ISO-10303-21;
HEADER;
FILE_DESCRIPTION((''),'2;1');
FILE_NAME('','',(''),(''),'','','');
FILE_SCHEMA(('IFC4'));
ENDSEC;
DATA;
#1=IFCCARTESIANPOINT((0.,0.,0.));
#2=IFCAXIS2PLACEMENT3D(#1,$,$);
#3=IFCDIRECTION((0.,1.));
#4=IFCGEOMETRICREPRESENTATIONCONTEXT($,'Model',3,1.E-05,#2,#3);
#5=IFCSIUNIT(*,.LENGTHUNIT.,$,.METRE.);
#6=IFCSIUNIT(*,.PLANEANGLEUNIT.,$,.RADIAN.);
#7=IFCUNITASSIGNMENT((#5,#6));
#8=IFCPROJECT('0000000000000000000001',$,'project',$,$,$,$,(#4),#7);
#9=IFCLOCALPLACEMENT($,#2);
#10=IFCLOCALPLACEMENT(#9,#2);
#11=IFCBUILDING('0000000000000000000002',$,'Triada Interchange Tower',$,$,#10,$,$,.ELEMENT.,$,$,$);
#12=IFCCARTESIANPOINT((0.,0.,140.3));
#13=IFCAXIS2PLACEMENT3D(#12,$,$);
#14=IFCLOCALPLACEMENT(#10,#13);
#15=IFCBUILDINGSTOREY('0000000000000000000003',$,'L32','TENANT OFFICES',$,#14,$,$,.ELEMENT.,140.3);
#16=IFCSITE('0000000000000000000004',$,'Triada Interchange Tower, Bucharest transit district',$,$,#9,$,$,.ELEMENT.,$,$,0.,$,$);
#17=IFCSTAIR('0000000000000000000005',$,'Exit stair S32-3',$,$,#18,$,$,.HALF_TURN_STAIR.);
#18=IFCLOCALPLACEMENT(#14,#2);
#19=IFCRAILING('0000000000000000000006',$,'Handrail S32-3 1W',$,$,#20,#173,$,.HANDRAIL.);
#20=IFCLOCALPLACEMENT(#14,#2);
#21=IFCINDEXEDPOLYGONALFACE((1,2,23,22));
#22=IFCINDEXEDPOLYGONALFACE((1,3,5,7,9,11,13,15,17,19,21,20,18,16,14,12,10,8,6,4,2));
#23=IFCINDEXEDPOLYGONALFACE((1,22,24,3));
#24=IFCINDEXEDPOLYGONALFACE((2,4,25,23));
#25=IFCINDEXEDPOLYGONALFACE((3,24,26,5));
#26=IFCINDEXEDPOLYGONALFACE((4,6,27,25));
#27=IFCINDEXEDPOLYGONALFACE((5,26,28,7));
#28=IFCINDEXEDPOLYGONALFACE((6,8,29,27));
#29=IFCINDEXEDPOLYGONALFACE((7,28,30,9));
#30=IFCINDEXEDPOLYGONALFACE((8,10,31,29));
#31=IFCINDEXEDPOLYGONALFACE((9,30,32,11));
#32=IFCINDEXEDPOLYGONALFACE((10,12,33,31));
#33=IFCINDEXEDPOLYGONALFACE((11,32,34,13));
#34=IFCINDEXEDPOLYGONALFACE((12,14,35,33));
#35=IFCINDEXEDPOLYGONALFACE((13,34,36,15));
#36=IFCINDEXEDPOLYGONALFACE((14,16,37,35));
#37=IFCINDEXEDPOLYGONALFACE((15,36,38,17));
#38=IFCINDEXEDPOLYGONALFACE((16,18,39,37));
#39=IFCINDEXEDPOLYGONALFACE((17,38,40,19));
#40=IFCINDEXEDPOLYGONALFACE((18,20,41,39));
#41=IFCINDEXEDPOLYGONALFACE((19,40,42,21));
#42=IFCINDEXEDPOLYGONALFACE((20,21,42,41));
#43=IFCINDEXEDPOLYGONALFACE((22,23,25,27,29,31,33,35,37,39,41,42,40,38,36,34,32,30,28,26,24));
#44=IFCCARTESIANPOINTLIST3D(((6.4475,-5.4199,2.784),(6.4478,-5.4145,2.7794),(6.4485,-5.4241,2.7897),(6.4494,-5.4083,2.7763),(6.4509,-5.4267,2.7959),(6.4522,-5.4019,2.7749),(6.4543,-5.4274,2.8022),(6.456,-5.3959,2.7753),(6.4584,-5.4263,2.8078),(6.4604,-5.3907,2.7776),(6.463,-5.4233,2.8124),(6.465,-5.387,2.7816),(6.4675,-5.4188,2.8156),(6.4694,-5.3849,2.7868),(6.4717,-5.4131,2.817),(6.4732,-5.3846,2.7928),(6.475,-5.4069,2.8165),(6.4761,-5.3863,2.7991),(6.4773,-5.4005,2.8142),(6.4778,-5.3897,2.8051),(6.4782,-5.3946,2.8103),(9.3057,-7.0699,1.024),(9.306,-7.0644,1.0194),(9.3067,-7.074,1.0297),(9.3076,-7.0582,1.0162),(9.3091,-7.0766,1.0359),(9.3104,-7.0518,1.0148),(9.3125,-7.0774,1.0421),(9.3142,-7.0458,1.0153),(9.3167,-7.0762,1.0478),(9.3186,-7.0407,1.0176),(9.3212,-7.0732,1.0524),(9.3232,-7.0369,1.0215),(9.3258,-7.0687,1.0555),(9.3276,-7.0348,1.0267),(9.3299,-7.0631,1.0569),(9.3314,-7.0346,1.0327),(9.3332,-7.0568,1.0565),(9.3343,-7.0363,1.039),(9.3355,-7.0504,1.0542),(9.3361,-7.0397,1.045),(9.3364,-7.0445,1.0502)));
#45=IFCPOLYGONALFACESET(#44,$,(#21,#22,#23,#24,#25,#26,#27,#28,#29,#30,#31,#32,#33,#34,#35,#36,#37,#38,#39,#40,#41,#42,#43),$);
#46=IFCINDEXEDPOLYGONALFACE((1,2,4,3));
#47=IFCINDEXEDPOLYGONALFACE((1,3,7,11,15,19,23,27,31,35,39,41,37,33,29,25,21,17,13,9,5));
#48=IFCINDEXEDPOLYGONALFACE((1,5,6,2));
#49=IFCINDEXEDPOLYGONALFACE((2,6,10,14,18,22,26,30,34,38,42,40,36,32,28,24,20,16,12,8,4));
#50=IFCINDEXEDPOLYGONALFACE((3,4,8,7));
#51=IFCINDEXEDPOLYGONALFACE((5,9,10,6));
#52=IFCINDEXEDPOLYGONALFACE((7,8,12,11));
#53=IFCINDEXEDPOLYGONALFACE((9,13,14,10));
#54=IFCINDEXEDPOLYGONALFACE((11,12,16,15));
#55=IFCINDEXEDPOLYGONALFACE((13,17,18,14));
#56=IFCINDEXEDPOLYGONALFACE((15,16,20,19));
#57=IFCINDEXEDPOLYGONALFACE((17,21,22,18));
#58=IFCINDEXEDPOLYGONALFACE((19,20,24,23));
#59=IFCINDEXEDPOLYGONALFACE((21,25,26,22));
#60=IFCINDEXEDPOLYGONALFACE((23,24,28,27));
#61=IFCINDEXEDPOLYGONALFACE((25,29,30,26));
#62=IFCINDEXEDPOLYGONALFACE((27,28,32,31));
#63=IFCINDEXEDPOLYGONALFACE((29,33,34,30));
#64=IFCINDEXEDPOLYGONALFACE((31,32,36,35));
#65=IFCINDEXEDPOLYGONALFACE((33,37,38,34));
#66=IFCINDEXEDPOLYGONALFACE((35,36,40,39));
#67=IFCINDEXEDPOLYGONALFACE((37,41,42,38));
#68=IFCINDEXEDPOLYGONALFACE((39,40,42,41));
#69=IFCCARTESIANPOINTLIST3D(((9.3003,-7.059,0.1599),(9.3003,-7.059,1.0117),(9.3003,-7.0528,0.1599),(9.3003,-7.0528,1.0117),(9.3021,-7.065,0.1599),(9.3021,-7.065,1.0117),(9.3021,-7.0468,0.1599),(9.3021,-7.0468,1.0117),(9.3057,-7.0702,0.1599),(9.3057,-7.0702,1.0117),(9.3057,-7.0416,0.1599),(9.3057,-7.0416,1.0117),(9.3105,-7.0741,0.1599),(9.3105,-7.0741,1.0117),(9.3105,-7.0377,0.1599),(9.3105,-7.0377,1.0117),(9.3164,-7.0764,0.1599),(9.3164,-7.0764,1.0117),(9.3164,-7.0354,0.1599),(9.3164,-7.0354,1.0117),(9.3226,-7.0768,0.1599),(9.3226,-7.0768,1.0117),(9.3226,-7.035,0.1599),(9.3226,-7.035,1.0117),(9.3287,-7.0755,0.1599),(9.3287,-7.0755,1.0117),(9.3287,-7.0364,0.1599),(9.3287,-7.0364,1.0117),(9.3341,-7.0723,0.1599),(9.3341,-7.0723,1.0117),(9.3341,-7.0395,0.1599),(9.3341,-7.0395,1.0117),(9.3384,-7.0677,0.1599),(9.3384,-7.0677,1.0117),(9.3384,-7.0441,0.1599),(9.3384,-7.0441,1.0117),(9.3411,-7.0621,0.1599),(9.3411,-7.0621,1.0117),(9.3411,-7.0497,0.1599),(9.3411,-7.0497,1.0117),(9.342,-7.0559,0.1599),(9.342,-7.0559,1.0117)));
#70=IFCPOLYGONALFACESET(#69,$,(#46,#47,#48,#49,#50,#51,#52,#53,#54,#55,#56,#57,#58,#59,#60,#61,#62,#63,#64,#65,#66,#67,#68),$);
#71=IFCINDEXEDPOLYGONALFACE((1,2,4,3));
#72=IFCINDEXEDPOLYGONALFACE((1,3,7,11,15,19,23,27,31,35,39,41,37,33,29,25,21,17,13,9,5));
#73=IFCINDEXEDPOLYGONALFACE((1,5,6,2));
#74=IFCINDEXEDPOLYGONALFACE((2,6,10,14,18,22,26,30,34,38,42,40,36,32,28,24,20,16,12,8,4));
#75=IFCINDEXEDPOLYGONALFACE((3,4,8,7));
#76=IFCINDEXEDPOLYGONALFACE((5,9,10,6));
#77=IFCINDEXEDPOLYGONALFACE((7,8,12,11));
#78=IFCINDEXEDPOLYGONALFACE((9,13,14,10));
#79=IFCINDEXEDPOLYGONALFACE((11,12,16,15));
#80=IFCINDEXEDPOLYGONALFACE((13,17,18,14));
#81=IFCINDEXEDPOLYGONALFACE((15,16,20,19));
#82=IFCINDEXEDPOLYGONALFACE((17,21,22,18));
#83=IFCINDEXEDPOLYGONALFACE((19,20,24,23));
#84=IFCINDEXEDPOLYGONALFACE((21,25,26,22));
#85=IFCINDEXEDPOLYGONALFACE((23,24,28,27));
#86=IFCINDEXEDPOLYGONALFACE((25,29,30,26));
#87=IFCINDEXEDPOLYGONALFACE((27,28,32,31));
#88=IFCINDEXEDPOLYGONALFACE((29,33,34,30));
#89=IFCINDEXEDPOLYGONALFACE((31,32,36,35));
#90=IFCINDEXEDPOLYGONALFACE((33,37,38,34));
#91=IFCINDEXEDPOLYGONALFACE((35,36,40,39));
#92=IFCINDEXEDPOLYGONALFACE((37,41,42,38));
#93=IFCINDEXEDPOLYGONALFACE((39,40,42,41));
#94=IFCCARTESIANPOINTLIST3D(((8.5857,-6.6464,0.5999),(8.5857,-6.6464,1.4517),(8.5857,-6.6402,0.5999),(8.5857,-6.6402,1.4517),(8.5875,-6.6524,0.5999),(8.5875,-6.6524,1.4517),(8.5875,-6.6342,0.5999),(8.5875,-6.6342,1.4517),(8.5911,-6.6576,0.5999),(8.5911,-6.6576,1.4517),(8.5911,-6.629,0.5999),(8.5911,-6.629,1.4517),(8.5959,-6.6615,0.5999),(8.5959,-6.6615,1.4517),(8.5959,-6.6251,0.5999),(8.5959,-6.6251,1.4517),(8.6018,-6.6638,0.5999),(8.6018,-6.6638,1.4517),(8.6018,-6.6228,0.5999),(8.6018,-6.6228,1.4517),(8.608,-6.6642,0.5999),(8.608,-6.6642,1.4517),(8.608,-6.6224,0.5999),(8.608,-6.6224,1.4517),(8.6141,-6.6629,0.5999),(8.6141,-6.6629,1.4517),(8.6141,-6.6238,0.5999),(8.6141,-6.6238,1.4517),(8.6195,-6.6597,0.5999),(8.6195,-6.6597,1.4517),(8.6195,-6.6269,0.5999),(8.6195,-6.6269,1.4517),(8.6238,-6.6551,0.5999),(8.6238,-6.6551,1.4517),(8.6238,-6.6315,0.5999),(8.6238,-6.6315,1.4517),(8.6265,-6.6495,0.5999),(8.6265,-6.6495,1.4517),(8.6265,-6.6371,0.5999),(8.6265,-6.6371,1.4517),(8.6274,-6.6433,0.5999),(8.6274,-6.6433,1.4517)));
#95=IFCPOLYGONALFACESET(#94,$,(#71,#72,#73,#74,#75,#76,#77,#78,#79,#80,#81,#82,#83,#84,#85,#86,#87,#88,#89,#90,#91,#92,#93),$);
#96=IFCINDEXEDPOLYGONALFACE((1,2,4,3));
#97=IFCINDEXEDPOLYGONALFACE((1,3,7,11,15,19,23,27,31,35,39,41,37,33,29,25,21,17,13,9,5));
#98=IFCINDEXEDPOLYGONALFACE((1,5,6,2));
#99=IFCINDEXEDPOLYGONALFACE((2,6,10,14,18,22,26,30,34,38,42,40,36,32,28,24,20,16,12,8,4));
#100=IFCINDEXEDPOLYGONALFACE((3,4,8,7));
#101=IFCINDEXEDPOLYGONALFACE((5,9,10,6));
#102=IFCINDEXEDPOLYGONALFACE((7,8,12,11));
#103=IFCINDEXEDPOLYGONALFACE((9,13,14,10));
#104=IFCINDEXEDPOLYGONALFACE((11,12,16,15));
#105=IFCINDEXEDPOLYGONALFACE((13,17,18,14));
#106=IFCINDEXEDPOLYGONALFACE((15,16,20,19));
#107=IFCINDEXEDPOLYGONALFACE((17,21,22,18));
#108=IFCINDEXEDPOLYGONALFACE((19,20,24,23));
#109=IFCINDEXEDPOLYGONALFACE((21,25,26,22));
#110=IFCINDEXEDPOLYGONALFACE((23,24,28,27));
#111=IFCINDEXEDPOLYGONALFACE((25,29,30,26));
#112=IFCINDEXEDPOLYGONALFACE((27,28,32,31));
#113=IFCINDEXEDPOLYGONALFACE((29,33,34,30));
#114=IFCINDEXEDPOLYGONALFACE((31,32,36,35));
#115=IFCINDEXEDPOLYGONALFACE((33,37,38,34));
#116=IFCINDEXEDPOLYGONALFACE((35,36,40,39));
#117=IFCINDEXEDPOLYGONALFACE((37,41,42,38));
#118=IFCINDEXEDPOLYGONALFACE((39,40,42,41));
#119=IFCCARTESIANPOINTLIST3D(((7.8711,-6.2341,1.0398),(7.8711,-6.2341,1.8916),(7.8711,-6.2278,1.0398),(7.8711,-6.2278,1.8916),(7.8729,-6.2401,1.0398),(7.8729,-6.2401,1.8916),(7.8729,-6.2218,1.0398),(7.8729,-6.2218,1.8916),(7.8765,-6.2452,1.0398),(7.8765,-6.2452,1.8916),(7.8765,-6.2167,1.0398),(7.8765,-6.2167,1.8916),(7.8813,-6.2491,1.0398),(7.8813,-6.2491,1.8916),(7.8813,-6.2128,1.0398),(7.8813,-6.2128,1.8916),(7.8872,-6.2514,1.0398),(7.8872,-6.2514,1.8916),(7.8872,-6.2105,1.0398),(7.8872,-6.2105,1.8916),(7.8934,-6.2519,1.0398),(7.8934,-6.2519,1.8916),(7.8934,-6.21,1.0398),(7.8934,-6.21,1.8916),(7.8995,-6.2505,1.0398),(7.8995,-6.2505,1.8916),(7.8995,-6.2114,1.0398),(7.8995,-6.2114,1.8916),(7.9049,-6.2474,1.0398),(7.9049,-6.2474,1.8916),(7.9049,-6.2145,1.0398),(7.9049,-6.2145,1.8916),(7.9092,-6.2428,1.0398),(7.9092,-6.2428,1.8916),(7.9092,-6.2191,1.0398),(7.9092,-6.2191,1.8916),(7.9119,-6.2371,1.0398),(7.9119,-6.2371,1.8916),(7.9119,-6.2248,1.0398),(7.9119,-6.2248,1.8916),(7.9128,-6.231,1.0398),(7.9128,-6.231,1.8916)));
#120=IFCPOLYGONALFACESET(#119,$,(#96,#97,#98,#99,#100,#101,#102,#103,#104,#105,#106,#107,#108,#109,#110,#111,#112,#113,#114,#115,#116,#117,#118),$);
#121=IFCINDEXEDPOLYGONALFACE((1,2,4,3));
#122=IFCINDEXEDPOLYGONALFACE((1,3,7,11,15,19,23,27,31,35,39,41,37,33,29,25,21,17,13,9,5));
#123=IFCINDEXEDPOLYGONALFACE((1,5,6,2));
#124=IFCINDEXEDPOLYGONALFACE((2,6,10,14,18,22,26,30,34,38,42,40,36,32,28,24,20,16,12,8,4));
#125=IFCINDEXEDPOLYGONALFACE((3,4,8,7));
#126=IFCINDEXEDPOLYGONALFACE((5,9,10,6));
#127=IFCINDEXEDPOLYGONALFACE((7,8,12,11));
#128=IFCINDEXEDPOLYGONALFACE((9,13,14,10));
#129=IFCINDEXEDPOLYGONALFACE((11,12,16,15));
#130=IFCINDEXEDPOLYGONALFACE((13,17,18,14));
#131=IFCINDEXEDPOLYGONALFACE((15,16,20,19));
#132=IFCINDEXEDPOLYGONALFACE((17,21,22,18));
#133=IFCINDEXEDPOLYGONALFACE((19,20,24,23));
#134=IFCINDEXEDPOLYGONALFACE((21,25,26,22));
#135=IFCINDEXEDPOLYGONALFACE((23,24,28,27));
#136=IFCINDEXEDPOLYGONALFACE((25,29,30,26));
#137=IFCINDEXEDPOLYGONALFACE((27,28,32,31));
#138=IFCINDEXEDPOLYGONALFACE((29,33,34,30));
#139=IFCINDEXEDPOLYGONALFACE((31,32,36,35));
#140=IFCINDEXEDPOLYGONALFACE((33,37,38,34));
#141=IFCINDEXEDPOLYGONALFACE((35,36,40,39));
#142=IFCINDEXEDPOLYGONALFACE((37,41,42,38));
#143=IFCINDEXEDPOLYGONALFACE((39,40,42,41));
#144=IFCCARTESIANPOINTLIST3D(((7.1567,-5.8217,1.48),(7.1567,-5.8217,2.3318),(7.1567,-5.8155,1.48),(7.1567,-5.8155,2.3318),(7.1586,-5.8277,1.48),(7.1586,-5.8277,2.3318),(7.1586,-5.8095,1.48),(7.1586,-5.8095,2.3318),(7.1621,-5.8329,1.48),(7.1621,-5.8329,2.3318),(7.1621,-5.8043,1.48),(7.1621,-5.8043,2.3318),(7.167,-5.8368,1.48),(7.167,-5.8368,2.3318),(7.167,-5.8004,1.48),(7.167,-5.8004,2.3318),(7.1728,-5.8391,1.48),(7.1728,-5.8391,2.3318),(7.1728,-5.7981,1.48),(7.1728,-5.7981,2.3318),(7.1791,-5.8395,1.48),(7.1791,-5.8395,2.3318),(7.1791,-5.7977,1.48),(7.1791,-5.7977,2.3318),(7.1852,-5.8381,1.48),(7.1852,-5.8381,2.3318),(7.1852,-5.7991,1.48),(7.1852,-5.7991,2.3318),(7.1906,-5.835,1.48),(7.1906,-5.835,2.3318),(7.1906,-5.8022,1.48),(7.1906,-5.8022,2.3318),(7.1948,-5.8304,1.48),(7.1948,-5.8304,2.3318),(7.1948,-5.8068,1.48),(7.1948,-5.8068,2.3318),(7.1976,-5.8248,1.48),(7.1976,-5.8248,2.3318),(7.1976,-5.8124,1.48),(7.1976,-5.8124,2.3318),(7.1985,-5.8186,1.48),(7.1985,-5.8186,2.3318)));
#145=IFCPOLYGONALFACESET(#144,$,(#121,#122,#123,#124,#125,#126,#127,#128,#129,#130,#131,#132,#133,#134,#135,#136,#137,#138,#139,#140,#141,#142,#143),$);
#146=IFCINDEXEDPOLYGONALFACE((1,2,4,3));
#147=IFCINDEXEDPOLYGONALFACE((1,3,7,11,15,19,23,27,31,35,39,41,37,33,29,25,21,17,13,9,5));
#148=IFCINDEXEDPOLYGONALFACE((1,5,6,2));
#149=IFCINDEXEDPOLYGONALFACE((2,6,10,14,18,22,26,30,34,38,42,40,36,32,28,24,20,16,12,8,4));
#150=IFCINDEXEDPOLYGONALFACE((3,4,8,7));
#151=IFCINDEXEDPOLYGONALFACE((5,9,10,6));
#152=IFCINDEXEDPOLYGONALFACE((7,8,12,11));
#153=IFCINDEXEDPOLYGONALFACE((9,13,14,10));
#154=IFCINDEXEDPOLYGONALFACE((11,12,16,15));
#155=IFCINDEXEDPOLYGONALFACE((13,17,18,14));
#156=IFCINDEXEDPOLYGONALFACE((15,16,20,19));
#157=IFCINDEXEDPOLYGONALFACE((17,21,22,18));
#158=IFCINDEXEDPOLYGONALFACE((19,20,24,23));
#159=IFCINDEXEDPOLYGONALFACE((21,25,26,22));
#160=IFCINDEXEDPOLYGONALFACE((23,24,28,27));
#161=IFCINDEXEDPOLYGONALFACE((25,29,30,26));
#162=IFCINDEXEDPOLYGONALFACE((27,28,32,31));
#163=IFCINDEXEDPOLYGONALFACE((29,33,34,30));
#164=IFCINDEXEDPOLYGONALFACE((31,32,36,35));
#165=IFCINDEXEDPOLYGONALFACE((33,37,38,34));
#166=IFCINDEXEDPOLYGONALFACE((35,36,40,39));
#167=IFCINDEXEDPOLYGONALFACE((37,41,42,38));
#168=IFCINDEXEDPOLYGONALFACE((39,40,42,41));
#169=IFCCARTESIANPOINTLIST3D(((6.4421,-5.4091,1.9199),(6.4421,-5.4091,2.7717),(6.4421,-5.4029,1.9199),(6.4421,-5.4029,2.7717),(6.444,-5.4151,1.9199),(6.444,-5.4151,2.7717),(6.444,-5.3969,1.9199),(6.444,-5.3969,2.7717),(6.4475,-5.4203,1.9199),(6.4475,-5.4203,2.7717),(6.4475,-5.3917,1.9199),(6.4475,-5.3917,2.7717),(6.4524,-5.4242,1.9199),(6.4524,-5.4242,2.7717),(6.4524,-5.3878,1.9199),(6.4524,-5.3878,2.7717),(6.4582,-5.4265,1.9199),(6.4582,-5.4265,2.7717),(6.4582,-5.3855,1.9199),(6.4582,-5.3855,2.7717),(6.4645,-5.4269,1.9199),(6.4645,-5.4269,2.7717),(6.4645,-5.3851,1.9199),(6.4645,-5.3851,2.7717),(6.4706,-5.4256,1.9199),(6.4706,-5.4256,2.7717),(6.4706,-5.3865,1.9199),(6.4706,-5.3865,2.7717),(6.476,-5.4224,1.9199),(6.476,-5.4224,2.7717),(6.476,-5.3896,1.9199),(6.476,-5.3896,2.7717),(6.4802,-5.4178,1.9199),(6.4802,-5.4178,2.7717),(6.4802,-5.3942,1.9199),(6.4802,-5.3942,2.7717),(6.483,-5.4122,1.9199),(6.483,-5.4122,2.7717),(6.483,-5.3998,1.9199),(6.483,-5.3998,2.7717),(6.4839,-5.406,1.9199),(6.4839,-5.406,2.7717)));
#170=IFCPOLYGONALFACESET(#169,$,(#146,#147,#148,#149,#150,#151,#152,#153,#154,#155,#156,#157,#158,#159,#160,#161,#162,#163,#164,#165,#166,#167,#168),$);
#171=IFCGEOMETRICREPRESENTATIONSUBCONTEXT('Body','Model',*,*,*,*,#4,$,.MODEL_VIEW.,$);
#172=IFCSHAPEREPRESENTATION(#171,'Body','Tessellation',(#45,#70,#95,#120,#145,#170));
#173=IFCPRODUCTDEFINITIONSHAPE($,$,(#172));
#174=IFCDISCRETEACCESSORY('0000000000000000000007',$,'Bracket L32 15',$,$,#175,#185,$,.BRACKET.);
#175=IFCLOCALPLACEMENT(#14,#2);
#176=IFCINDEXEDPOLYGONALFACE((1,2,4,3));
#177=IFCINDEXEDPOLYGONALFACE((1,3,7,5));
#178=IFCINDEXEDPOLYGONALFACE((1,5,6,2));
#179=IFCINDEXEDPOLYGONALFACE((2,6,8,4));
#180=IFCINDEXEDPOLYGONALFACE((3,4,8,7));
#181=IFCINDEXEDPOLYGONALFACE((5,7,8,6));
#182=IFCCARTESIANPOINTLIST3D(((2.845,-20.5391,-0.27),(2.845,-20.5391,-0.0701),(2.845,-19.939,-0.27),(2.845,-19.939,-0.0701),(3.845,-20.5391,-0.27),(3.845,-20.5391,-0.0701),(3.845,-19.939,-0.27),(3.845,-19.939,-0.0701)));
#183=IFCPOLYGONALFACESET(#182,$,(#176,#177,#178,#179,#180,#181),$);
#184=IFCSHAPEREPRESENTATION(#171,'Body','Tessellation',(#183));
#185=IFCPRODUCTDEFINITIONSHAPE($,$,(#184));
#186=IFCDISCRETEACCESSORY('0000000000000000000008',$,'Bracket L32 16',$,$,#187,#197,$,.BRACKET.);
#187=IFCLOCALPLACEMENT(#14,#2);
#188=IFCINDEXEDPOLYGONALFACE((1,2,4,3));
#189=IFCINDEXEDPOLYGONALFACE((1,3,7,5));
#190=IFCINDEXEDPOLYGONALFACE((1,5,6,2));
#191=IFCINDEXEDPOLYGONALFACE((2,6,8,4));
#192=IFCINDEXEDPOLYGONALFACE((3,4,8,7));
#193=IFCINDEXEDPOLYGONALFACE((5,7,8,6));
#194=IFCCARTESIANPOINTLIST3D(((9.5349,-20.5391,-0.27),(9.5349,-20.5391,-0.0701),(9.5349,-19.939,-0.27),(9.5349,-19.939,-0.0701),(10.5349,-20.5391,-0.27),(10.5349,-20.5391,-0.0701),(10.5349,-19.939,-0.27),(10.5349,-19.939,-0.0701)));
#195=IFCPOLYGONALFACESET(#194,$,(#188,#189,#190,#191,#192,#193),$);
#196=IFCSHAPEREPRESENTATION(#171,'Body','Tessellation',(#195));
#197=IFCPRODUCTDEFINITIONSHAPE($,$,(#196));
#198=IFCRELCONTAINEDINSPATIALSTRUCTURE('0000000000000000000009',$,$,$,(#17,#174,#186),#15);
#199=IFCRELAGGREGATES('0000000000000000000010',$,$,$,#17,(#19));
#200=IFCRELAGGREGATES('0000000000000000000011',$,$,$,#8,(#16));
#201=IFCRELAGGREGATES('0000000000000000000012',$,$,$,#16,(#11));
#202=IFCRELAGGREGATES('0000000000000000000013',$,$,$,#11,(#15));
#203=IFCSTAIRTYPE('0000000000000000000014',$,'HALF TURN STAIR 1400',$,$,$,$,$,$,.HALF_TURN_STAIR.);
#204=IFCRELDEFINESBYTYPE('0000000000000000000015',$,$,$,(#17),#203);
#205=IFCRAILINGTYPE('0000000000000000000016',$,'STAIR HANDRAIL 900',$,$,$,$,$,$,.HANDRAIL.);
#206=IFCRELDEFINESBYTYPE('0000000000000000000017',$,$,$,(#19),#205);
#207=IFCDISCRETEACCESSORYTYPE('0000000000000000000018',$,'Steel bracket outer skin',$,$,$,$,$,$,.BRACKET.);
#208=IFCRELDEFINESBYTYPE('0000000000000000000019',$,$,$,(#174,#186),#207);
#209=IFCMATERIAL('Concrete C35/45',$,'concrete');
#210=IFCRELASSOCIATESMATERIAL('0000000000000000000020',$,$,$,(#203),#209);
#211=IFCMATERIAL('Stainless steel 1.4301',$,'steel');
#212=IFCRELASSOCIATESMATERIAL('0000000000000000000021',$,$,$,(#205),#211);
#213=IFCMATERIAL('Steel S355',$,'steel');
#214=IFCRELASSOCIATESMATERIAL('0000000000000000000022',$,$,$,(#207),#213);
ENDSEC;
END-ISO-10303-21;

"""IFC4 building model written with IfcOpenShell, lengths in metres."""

from ifc_helpers import new_model, si_unit, direction, frame, origin, origin_2d, place, context, subcontext, project, spatial, rectangle, circle, extrude, material, type_object, element, aggregate, save


model = new_model("IFC4")

# Units and contexts
model_context = context("Model", 3, precision=1e-05, world=origin(), true_north=direction((0.0, 1.0)))
body_context = subcontext(model_context, "Body", "Model", "MODEL_VIEW")
ifc_project = project(units=[si_unit("LENGTHUNIT", "METRE"), si_unit("PLANEANGLEUNIT", "RADIAN")], contexts=[model_context])

# Site, building, storey
site_placement = place(None, origin())
site = spatial("IfcSite", under=ifc_project, at=site_placement, Name="Triada Interchange Tower, Bucharest transit district", CompositionType="ELEMENT", RefElevation=0.0)
building_placement = place(site_placement, origin())
building = spatial("IfcBuilding", under=site, at=building_placement, Name="Triada Interchange Tower", CompositionType="ELEMENT")
storey_placement = place(building_placement, frame((0.0, 0.0, 140.3)))
storey = spatial("IfcBuildingStorey", under=building, at=storey_placement, Name="L32", Description="TENANT OFFICES", CompositionType="ELEMENT", Elevation=140.3)

# Stair, railing
ifc_material_1 = material(Name="Concrete C35/45", Category="concrete")
stair_type = type_object("IfcStairType", Name="HALF TURN STAIR 1400", PredefinedType="HALF_TURN_STAIR", material=ifc_material_1)
stair_placement = place(storey_placement, origin())
stair = element("IfcStair", 1, at=stair_placement, inside=storey, type_object=stair_type, Name="Exit stair S32-3", PredefinedType="HALF_TURN_STAIR")
ifc_material_2 = material(Name="Stainless steel 1.4301", Category="steel")
railing_type = type_object("IfcRailingType", Name="STAIR HANDRAIL 900", PredefinedType="HANDRAIL", material=ifc_material_2)
railing_placement = place(storey_placement, frame((9.321, -7.0559, 0.1599)))
railing = element("IfcRailing", 2, at=railing_placement, type_object=railing_type, Name="Handrail S32-3 1W", PredefinedType="HANDRAIL", context=body_context, shape_type="SweptSolid", body=[
    extrude(circle(Radius=0.0239, at=origin_2d()), frame((0.0, 0.0, 0.876), z_axis=(-0.764178, 0.441131, 0.47057), x_axis=(-0.499942, -0.866059, 0.0)), (0.0, 0.0, 1.0), 3.7402),
    extrude(circle(Radius=0.021, at=origin_2d()), origin(), (0.0, 0.0, 1.0), 0.8518),
    extrude(circle(Radius=0.021, at=origin_2d()), frame((-0.7146, 0.4126, 0.4399)), (0.0, 0.0, 1.0), 0.8518),
    extrude(circle(Radius=0.021, at=origin_2d()), frame((-1.4292, 0.825, 0.8799)), (0.0, 0.0, 1.0), 0.8518),
    extrude(circle(Radius=0.021, at=origin_2d()), frame((-2.1436, 1.2373, 1.3201)), (0.0, 0.0, 1.0), 0.8518),
    extrude(circle(Radius=0.021, at=origin_2d()), frame((-2.8582, 1.6499, 1.76)), (0.0, 0.0, 1.0), 0.8518),
])
aggregate(stair, [railing])

# Discrete accessories
ifc_material_3 = material(Name="Steel S355", Category="steel")
discrete_accessory_type = type_object("IfcDiscreteAccessoryType", Name="Steel bracket outer skin", PredefinedType="BRACKET", material=ifc_material_3)
for number, where, z_axis, x_axis, name in (
    (3, (3.345, -20.239, -0.27), (0.0, 0.0, 1.0), (0.0, -1.0, 0.0), "Bracket L32 15"),
    (4, (10.0349, -20.239, -0.27), (0.0, 0.0, 1.0), (0.0, -1.0, 0.0), "Bracket L32 16"),
):
    element("IfcDiscreteAccessory", number, at=place(storey_placement, frame(where, z_axis=z_axis, x_axis=x_axis)), inside=storey, type_object=discrete_accessory_type, Name=name, PredefinedType="BRACKET", context=body_context, shape_type="SweptSolid", body=[
        extrude(rectangle(XDim=0.6001, YDim=1.0, at=origin_2d()), origin(), (0.0, 0.0, 1.0), 0.2),
    ])

save(model, "model.ifc")
